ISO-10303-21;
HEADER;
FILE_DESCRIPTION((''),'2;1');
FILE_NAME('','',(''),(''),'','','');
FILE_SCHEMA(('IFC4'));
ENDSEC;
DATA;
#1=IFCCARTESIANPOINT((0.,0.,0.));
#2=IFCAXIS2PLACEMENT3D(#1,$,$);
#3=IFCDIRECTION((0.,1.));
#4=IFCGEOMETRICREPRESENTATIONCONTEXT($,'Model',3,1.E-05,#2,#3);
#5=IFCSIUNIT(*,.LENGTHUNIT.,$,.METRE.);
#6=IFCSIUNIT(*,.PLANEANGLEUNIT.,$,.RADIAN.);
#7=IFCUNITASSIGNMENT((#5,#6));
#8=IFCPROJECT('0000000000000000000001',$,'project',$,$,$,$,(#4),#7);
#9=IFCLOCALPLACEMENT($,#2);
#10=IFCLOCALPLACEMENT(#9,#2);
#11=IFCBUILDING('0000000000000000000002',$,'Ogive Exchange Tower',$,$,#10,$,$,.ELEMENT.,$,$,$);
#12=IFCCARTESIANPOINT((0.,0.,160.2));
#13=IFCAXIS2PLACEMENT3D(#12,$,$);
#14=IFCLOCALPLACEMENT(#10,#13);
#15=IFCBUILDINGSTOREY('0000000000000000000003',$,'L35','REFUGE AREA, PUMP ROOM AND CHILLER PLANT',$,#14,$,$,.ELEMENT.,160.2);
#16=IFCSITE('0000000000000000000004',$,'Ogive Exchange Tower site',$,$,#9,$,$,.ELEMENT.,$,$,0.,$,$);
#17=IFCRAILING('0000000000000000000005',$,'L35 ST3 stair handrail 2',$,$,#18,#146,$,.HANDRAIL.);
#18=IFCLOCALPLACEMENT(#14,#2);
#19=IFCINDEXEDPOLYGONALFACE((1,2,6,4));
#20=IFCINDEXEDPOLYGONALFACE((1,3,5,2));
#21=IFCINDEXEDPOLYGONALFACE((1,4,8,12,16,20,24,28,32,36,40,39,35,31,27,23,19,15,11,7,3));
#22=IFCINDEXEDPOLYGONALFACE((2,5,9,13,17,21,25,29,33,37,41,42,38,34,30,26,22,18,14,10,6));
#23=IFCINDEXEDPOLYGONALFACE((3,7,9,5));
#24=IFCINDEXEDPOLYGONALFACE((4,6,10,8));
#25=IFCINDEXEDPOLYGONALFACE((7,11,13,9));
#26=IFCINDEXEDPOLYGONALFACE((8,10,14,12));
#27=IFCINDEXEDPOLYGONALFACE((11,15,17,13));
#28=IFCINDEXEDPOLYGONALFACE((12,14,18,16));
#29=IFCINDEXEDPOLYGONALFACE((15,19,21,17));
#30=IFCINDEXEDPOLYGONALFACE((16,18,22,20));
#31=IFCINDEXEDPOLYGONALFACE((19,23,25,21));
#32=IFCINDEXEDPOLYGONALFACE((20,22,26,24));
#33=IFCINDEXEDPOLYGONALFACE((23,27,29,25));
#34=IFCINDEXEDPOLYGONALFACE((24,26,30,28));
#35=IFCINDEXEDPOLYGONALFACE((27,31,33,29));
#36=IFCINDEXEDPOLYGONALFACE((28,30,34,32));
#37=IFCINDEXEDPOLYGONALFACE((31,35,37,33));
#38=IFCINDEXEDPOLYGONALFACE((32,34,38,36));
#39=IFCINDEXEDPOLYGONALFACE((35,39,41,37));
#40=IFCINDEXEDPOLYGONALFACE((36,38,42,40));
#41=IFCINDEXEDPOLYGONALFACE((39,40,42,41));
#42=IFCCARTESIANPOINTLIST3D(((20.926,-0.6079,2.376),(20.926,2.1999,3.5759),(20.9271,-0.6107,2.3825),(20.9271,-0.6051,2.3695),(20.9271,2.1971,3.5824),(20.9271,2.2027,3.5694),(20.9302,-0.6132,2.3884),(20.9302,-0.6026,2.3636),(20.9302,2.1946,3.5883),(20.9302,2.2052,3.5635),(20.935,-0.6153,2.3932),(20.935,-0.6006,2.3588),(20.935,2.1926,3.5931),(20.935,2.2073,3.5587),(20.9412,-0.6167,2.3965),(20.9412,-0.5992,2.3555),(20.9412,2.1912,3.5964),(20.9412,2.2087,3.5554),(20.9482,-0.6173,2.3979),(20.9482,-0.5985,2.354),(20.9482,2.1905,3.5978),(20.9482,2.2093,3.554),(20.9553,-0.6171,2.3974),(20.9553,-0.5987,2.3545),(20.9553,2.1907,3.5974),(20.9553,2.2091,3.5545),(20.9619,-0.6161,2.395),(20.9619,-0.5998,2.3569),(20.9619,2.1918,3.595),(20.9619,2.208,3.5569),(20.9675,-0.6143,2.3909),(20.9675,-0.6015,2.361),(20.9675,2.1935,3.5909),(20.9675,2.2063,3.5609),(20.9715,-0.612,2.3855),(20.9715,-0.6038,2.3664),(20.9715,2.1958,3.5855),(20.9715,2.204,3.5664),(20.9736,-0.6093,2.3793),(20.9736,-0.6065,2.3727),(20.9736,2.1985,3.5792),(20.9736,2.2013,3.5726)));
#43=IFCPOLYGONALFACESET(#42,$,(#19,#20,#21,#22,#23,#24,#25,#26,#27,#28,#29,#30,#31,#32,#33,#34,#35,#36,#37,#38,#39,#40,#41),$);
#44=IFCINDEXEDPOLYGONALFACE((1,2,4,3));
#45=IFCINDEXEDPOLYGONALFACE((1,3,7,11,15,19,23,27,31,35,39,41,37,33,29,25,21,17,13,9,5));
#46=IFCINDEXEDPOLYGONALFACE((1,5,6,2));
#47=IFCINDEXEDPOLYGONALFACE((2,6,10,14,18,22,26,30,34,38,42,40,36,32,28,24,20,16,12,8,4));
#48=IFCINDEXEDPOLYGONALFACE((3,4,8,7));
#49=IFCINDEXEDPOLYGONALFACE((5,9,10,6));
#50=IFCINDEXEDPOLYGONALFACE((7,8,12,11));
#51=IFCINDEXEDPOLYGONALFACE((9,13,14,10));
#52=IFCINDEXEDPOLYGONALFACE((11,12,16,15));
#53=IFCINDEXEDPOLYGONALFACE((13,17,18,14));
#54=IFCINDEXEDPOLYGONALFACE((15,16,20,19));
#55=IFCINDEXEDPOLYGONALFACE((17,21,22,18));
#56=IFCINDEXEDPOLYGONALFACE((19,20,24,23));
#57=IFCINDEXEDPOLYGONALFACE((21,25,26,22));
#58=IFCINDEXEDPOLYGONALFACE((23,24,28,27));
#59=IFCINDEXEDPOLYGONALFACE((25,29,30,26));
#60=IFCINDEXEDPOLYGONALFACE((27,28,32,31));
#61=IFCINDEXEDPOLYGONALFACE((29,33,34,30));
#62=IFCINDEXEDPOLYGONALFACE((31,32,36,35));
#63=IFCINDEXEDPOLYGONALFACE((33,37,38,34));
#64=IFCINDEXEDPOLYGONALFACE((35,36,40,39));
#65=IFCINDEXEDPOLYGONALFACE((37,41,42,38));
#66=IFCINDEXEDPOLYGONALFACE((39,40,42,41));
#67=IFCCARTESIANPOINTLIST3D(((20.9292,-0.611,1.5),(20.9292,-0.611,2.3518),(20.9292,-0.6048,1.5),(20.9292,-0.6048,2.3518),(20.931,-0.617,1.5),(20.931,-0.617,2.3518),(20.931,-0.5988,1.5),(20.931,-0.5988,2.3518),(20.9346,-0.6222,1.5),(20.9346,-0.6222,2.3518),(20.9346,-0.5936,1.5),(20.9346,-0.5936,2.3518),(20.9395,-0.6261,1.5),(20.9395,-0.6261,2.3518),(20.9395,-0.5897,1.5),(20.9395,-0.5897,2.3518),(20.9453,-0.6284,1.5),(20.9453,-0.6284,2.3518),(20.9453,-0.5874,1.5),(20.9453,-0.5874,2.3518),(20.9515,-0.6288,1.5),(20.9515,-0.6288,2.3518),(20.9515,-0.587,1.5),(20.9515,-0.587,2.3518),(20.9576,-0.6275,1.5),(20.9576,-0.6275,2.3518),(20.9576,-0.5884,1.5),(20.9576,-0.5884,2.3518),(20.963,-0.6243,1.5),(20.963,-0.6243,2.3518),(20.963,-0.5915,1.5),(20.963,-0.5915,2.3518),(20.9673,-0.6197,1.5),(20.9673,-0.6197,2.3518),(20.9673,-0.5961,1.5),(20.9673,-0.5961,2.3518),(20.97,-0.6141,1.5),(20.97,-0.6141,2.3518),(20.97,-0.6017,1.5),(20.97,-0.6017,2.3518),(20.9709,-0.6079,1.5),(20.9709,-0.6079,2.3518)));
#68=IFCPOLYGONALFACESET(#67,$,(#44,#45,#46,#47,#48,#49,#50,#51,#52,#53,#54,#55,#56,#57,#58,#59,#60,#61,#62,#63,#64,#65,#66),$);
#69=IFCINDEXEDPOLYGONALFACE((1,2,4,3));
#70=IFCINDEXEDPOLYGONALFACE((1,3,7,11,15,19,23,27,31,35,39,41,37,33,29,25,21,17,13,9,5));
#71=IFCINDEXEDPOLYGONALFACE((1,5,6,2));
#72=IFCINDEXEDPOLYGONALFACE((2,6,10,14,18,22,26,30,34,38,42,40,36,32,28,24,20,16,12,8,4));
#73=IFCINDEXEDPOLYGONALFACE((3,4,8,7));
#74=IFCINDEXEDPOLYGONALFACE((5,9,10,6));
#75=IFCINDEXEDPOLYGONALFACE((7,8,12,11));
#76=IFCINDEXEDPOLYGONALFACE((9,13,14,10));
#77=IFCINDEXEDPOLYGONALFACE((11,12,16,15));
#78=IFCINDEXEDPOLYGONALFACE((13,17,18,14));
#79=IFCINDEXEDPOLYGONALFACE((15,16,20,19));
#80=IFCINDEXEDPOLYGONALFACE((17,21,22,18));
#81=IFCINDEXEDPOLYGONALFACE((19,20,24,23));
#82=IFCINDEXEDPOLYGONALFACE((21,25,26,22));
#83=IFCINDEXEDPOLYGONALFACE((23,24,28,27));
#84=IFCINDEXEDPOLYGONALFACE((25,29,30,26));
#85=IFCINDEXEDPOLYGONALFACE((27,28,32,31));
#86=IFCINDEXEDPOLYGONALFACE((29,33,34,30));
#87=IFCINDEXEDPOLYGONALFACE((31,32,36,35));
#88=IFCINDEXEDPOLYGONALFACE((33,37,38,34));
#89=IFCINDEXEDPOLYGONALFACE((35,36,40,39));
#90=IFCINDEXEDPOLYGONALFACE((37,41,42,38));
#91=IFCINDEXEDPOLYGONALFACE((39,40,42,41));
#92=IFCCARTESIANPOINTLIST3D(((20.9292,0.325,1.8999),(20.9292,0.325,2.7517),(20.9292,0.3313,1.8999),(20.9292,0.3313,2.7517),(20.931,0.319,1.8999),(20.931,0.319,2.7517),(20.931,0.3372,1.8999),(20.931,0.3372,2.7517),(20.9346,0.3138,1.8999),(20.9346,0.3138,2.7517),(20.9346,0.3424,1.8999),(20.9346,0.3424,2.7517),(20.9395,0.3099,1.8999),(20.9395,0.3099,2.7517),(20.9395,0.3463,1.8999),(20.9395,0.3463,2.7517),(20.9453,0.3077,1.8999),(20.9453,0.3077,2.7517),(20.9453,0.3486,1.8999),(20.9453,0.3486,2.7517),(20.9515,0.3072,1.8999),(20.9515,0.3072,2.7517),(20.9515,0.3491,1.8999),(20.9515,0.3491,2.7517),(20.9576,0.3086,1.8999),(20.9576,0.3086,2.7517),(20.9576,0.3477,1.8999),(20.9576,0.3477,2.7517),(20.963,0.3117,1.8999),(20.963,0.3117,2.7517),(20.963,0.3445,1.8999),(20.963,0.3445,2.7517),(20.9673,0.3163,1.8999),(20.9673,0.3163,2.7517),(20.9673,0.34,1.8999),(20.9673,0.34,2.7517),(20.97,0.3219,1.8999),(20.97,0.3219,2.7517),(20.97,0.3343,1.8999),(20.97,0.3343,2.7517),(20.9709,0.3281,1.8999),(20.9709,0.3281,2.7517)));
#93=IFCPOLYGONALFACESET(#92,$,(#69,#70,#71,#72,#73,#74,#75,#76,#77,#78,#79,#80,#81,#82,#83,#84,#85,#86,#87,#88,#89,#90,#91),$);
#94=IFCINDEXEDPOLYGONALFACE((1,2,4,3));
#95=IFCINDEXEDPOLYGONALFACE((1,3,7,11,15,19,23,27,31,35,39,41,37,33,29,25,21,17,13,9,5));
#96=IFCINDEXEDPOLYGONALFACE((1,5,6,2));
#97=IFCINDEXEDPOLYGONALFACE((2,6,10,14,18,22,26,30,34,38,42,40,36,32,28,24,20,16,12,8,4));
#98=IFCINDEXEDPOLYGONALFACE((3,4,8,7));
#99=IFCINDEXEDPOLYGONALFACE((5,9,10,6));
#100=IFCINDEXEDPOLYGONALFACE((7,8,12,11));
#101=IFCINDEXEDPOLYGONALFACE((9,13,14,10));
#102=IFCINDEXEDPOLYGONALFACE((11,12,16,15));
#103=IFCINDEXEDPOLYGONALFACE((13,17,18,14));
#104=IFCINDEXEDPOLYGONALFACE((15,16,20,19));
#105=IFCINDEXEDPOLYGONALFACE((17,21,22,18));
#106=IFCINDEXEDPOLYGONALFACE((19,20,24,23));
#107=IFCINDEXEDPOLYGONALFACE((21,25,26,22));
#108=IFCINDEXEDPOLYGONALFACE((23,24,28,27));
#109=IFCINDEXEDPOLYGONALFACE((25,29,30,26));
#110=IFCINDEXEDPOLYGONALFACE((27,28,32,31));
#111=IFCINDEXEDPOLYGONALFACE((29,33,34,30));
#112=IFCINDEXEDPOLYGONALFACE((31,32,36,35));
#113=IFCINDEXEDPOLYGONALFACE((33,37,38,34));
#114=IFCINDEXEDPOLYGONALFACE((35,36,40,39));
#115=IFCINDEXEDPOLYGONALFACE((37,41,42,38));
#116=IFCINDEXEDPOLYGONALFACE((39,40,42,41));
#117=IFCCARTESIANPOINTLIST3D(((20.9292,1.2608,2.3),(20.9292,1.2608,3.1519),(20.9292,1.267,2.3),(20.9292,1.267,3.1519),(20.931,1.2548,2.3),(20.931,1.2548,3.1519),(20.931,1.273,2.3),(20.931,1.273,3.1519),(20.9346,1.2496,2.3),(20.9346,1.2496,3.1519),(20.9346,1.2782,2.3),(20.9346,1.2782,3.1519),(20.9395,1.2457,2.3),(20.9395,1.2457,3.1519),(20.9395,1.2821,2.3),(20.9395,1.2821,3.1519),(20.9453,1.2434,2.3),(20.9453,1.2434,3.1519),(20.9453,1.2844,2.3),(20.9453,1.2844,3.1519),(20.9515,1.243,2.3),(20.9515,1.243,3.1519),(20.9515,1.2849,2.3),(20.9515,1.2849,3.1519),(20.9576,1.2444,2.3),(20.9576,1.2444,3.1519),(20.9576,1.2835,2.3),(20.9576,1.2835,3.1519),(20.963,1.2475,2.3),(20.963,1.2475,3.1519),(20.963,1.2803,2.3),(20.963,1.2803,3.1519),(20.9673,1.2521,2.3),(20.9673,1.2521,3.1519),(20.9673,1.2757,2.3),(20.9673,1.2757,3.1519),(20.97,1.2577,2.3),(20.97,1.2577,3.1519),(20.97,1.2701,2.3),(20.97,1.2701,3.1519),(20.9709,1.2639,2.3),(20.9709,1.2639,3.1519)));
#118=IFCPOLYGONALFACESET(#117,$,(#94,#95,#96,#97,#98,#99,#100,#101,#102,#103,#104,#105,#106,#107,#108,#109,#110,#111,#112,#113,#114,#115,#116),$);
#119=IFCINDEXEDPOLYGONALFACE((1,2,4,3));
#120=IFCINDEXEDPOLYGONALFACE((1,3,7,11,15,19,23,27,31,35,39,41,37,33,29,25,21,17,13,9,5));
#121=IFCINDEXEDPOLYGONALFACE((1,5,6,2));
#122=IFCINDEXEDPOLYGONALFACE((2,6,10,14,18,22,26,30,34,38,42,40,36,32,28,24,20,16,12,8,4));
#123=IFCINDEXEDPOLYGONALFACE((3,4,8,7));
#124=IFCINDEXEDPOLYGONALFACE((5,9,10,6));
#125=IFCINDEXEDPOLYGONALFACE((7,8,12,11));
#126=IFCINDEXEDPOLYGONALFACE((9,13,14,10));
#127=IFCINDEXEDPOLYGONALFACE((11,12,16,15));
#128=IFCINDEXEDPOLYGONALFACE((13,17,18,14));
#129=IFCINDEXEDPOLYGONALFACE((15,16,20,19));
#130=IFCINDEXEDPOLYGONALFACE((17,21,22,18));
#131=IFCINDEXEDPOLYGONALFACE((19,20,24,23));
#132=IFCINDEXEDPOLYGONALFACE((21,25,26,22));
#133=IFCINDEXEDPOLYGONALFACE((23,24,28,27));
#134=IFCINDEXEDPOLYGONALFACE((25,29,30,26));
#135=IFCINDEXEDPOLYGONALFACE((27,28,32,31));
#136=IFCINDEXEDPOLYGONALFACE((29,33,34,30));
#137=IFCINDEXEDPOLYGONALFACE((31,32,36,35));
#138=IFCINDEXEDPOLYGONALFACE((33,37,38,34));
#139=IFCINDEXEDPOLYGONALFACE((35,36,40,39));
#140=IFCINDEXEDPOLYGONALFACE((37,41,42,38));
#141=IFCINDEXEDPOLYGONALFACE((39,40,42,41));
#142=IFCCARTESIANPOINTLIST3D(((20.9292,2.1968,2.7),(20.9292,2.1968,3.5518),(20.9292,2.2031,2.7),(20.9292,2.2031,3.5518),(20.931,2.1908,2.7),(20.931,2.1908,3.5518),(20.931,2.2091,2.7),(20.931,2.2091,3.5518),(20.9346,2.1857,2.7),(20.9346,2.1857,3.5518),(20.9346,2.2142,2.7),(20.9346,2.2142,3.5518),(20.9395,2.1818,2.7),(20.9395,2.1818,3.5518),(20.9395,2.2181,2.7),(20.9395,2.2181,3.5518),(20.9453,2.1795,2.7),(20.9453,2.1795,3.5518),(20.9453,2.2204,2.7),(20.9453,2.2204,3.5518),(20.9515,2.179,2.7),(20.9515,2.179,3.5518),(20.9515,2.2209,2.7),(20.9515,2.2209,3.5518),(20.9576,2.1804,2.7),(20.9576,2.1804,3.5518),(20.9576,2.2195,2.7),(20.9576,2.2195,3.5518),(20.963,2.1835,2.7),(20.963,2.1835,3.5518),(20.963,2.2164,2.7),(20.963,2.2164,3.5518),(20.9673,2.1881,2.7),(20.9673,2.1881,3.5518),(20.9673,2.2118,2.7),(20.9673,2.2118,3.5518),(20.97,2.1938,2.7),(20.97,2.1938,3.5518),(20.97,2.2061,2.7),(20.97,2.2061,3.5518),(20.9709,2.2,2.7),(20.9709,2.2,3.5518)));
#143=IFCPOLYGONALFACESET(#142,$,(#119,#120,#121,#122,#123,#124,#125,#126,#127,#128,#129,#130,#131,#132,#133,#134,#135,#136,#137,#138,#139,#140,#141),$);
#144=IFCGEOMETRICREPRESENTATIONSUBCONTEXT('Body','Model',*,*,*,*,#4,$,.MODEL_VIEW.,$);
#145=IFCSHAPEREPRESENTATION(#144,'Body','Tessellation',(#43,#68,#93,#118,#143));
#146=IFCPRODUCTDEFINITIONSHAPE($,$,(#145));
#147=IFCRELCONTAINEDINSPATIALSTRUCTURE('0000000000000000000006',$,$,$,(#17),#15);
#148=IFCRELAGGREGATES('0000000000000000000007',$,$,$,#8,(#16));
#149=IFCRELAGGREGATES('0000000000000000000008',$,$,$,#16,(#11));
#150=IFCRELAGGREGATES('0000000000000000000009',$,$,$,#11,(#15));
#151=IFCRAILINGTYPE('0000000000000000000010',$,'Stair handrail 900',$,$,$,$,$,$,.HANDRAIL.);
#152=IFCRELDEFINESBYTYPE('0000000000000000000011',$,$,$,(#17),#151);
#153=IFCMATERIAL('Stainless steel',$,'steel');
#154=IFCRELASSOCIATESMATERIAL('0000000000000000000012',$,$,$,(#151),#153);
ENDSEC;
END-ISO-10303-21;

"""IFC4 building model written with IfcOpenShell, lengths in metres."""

from ifc_helpers import new_model, si_unit, direction, frame, origin, origin_2d, place, context, subcontext, project, spatial, circle, extrude, material, type_object, element, save


model = new_model("IFC4")

# Units and contexts
model_context = context("Model", 3, precision=1e-05, world=origin(), true_north=direction((0.0, 1.0)))
body_context = subcontext(model_context, "Body", "Model", "MODEL_VIEW")
ifc_project = project(units=[si_unit("LENGTHUNIT", "METRE"), si_unit("PLANEANGLEUNIT", "RADIAN")], contexts=[model_context])

# Site, building, storey
site_placement = place(None, origin())
site = spatial("IfcSite", under=ifc_project, at=site_placement, Name="Ogive Exchange Tower site", CompositionType="ELEMENT", RefElevation=0.0)
building_placement = place(site_placement, origin())
building = spatial("IfcBuilding", under=site, at=building_placement, Name="Ogive Exchange Tower", CompositionType="ELEMENT")
storey_placement = place(building_placement, frame((0.0, 0.0, 160.2)))
storey = spatial("IfcBuildingStorey", under=building, at=storey_placement, Name="L35", Description="REFUGE AREA, PUMP ROOM AND CHILLER PLANT", CompositionType="ELEMENT", Elevation=160.2)

# Shared definitions
ifc_material_1 = material(Name="Stainless steel", Category="steel")

# Railing
railing_type = type_object("IfcRailingType", Name="Stair handrail 900", PredefinedType="HANDRAIL", material=ifc_material_1)
railing_1_placement = place(storey_placement, frame((20.95, -0.6079, 1.5)))
element("IfcRailing", 1, at=railing_1_placement, inside=storey, type_object=railing_type, Name="L35 ST3 stair handrail 2", PredefinedType="HANDRAIL", context=body_context, shape_type="SweptSolid", body=[
    extrude(circle(Radius=0.0239, at=origin_2d()), frame((0.0, 0.0, 0.876), z_axis=(0.0, 0.91955, 0.392973), x_axis=(-1.0, 0.0, 0.0)), (0.0, 0.0, 1.0), 3.0535),
    extrude(circle(Radius=0.021, at=origin_2d()), origin(), (0.0, 0.0, 1.0), 0.8518),
    extrude(circle(Radius=0.021, at=origin_2d()), frame((0.0, 0.936, 0.3999)), (0.0, 0.0, 1.0), 0.8518),
    extrude(circle(Radius=0.021, at=origin_2d()), frame((0.0, 1.8718, 0.8)), (0.0, 0.0, 1.0), 0.8518),
    extrude(circle(Radius=0.021, at=origin_2d()), frame((0.0, 2.8079, 1.2)), (0.0, 0.0, 1.0), 0.8518),
])

save(model, "model.ifc")
